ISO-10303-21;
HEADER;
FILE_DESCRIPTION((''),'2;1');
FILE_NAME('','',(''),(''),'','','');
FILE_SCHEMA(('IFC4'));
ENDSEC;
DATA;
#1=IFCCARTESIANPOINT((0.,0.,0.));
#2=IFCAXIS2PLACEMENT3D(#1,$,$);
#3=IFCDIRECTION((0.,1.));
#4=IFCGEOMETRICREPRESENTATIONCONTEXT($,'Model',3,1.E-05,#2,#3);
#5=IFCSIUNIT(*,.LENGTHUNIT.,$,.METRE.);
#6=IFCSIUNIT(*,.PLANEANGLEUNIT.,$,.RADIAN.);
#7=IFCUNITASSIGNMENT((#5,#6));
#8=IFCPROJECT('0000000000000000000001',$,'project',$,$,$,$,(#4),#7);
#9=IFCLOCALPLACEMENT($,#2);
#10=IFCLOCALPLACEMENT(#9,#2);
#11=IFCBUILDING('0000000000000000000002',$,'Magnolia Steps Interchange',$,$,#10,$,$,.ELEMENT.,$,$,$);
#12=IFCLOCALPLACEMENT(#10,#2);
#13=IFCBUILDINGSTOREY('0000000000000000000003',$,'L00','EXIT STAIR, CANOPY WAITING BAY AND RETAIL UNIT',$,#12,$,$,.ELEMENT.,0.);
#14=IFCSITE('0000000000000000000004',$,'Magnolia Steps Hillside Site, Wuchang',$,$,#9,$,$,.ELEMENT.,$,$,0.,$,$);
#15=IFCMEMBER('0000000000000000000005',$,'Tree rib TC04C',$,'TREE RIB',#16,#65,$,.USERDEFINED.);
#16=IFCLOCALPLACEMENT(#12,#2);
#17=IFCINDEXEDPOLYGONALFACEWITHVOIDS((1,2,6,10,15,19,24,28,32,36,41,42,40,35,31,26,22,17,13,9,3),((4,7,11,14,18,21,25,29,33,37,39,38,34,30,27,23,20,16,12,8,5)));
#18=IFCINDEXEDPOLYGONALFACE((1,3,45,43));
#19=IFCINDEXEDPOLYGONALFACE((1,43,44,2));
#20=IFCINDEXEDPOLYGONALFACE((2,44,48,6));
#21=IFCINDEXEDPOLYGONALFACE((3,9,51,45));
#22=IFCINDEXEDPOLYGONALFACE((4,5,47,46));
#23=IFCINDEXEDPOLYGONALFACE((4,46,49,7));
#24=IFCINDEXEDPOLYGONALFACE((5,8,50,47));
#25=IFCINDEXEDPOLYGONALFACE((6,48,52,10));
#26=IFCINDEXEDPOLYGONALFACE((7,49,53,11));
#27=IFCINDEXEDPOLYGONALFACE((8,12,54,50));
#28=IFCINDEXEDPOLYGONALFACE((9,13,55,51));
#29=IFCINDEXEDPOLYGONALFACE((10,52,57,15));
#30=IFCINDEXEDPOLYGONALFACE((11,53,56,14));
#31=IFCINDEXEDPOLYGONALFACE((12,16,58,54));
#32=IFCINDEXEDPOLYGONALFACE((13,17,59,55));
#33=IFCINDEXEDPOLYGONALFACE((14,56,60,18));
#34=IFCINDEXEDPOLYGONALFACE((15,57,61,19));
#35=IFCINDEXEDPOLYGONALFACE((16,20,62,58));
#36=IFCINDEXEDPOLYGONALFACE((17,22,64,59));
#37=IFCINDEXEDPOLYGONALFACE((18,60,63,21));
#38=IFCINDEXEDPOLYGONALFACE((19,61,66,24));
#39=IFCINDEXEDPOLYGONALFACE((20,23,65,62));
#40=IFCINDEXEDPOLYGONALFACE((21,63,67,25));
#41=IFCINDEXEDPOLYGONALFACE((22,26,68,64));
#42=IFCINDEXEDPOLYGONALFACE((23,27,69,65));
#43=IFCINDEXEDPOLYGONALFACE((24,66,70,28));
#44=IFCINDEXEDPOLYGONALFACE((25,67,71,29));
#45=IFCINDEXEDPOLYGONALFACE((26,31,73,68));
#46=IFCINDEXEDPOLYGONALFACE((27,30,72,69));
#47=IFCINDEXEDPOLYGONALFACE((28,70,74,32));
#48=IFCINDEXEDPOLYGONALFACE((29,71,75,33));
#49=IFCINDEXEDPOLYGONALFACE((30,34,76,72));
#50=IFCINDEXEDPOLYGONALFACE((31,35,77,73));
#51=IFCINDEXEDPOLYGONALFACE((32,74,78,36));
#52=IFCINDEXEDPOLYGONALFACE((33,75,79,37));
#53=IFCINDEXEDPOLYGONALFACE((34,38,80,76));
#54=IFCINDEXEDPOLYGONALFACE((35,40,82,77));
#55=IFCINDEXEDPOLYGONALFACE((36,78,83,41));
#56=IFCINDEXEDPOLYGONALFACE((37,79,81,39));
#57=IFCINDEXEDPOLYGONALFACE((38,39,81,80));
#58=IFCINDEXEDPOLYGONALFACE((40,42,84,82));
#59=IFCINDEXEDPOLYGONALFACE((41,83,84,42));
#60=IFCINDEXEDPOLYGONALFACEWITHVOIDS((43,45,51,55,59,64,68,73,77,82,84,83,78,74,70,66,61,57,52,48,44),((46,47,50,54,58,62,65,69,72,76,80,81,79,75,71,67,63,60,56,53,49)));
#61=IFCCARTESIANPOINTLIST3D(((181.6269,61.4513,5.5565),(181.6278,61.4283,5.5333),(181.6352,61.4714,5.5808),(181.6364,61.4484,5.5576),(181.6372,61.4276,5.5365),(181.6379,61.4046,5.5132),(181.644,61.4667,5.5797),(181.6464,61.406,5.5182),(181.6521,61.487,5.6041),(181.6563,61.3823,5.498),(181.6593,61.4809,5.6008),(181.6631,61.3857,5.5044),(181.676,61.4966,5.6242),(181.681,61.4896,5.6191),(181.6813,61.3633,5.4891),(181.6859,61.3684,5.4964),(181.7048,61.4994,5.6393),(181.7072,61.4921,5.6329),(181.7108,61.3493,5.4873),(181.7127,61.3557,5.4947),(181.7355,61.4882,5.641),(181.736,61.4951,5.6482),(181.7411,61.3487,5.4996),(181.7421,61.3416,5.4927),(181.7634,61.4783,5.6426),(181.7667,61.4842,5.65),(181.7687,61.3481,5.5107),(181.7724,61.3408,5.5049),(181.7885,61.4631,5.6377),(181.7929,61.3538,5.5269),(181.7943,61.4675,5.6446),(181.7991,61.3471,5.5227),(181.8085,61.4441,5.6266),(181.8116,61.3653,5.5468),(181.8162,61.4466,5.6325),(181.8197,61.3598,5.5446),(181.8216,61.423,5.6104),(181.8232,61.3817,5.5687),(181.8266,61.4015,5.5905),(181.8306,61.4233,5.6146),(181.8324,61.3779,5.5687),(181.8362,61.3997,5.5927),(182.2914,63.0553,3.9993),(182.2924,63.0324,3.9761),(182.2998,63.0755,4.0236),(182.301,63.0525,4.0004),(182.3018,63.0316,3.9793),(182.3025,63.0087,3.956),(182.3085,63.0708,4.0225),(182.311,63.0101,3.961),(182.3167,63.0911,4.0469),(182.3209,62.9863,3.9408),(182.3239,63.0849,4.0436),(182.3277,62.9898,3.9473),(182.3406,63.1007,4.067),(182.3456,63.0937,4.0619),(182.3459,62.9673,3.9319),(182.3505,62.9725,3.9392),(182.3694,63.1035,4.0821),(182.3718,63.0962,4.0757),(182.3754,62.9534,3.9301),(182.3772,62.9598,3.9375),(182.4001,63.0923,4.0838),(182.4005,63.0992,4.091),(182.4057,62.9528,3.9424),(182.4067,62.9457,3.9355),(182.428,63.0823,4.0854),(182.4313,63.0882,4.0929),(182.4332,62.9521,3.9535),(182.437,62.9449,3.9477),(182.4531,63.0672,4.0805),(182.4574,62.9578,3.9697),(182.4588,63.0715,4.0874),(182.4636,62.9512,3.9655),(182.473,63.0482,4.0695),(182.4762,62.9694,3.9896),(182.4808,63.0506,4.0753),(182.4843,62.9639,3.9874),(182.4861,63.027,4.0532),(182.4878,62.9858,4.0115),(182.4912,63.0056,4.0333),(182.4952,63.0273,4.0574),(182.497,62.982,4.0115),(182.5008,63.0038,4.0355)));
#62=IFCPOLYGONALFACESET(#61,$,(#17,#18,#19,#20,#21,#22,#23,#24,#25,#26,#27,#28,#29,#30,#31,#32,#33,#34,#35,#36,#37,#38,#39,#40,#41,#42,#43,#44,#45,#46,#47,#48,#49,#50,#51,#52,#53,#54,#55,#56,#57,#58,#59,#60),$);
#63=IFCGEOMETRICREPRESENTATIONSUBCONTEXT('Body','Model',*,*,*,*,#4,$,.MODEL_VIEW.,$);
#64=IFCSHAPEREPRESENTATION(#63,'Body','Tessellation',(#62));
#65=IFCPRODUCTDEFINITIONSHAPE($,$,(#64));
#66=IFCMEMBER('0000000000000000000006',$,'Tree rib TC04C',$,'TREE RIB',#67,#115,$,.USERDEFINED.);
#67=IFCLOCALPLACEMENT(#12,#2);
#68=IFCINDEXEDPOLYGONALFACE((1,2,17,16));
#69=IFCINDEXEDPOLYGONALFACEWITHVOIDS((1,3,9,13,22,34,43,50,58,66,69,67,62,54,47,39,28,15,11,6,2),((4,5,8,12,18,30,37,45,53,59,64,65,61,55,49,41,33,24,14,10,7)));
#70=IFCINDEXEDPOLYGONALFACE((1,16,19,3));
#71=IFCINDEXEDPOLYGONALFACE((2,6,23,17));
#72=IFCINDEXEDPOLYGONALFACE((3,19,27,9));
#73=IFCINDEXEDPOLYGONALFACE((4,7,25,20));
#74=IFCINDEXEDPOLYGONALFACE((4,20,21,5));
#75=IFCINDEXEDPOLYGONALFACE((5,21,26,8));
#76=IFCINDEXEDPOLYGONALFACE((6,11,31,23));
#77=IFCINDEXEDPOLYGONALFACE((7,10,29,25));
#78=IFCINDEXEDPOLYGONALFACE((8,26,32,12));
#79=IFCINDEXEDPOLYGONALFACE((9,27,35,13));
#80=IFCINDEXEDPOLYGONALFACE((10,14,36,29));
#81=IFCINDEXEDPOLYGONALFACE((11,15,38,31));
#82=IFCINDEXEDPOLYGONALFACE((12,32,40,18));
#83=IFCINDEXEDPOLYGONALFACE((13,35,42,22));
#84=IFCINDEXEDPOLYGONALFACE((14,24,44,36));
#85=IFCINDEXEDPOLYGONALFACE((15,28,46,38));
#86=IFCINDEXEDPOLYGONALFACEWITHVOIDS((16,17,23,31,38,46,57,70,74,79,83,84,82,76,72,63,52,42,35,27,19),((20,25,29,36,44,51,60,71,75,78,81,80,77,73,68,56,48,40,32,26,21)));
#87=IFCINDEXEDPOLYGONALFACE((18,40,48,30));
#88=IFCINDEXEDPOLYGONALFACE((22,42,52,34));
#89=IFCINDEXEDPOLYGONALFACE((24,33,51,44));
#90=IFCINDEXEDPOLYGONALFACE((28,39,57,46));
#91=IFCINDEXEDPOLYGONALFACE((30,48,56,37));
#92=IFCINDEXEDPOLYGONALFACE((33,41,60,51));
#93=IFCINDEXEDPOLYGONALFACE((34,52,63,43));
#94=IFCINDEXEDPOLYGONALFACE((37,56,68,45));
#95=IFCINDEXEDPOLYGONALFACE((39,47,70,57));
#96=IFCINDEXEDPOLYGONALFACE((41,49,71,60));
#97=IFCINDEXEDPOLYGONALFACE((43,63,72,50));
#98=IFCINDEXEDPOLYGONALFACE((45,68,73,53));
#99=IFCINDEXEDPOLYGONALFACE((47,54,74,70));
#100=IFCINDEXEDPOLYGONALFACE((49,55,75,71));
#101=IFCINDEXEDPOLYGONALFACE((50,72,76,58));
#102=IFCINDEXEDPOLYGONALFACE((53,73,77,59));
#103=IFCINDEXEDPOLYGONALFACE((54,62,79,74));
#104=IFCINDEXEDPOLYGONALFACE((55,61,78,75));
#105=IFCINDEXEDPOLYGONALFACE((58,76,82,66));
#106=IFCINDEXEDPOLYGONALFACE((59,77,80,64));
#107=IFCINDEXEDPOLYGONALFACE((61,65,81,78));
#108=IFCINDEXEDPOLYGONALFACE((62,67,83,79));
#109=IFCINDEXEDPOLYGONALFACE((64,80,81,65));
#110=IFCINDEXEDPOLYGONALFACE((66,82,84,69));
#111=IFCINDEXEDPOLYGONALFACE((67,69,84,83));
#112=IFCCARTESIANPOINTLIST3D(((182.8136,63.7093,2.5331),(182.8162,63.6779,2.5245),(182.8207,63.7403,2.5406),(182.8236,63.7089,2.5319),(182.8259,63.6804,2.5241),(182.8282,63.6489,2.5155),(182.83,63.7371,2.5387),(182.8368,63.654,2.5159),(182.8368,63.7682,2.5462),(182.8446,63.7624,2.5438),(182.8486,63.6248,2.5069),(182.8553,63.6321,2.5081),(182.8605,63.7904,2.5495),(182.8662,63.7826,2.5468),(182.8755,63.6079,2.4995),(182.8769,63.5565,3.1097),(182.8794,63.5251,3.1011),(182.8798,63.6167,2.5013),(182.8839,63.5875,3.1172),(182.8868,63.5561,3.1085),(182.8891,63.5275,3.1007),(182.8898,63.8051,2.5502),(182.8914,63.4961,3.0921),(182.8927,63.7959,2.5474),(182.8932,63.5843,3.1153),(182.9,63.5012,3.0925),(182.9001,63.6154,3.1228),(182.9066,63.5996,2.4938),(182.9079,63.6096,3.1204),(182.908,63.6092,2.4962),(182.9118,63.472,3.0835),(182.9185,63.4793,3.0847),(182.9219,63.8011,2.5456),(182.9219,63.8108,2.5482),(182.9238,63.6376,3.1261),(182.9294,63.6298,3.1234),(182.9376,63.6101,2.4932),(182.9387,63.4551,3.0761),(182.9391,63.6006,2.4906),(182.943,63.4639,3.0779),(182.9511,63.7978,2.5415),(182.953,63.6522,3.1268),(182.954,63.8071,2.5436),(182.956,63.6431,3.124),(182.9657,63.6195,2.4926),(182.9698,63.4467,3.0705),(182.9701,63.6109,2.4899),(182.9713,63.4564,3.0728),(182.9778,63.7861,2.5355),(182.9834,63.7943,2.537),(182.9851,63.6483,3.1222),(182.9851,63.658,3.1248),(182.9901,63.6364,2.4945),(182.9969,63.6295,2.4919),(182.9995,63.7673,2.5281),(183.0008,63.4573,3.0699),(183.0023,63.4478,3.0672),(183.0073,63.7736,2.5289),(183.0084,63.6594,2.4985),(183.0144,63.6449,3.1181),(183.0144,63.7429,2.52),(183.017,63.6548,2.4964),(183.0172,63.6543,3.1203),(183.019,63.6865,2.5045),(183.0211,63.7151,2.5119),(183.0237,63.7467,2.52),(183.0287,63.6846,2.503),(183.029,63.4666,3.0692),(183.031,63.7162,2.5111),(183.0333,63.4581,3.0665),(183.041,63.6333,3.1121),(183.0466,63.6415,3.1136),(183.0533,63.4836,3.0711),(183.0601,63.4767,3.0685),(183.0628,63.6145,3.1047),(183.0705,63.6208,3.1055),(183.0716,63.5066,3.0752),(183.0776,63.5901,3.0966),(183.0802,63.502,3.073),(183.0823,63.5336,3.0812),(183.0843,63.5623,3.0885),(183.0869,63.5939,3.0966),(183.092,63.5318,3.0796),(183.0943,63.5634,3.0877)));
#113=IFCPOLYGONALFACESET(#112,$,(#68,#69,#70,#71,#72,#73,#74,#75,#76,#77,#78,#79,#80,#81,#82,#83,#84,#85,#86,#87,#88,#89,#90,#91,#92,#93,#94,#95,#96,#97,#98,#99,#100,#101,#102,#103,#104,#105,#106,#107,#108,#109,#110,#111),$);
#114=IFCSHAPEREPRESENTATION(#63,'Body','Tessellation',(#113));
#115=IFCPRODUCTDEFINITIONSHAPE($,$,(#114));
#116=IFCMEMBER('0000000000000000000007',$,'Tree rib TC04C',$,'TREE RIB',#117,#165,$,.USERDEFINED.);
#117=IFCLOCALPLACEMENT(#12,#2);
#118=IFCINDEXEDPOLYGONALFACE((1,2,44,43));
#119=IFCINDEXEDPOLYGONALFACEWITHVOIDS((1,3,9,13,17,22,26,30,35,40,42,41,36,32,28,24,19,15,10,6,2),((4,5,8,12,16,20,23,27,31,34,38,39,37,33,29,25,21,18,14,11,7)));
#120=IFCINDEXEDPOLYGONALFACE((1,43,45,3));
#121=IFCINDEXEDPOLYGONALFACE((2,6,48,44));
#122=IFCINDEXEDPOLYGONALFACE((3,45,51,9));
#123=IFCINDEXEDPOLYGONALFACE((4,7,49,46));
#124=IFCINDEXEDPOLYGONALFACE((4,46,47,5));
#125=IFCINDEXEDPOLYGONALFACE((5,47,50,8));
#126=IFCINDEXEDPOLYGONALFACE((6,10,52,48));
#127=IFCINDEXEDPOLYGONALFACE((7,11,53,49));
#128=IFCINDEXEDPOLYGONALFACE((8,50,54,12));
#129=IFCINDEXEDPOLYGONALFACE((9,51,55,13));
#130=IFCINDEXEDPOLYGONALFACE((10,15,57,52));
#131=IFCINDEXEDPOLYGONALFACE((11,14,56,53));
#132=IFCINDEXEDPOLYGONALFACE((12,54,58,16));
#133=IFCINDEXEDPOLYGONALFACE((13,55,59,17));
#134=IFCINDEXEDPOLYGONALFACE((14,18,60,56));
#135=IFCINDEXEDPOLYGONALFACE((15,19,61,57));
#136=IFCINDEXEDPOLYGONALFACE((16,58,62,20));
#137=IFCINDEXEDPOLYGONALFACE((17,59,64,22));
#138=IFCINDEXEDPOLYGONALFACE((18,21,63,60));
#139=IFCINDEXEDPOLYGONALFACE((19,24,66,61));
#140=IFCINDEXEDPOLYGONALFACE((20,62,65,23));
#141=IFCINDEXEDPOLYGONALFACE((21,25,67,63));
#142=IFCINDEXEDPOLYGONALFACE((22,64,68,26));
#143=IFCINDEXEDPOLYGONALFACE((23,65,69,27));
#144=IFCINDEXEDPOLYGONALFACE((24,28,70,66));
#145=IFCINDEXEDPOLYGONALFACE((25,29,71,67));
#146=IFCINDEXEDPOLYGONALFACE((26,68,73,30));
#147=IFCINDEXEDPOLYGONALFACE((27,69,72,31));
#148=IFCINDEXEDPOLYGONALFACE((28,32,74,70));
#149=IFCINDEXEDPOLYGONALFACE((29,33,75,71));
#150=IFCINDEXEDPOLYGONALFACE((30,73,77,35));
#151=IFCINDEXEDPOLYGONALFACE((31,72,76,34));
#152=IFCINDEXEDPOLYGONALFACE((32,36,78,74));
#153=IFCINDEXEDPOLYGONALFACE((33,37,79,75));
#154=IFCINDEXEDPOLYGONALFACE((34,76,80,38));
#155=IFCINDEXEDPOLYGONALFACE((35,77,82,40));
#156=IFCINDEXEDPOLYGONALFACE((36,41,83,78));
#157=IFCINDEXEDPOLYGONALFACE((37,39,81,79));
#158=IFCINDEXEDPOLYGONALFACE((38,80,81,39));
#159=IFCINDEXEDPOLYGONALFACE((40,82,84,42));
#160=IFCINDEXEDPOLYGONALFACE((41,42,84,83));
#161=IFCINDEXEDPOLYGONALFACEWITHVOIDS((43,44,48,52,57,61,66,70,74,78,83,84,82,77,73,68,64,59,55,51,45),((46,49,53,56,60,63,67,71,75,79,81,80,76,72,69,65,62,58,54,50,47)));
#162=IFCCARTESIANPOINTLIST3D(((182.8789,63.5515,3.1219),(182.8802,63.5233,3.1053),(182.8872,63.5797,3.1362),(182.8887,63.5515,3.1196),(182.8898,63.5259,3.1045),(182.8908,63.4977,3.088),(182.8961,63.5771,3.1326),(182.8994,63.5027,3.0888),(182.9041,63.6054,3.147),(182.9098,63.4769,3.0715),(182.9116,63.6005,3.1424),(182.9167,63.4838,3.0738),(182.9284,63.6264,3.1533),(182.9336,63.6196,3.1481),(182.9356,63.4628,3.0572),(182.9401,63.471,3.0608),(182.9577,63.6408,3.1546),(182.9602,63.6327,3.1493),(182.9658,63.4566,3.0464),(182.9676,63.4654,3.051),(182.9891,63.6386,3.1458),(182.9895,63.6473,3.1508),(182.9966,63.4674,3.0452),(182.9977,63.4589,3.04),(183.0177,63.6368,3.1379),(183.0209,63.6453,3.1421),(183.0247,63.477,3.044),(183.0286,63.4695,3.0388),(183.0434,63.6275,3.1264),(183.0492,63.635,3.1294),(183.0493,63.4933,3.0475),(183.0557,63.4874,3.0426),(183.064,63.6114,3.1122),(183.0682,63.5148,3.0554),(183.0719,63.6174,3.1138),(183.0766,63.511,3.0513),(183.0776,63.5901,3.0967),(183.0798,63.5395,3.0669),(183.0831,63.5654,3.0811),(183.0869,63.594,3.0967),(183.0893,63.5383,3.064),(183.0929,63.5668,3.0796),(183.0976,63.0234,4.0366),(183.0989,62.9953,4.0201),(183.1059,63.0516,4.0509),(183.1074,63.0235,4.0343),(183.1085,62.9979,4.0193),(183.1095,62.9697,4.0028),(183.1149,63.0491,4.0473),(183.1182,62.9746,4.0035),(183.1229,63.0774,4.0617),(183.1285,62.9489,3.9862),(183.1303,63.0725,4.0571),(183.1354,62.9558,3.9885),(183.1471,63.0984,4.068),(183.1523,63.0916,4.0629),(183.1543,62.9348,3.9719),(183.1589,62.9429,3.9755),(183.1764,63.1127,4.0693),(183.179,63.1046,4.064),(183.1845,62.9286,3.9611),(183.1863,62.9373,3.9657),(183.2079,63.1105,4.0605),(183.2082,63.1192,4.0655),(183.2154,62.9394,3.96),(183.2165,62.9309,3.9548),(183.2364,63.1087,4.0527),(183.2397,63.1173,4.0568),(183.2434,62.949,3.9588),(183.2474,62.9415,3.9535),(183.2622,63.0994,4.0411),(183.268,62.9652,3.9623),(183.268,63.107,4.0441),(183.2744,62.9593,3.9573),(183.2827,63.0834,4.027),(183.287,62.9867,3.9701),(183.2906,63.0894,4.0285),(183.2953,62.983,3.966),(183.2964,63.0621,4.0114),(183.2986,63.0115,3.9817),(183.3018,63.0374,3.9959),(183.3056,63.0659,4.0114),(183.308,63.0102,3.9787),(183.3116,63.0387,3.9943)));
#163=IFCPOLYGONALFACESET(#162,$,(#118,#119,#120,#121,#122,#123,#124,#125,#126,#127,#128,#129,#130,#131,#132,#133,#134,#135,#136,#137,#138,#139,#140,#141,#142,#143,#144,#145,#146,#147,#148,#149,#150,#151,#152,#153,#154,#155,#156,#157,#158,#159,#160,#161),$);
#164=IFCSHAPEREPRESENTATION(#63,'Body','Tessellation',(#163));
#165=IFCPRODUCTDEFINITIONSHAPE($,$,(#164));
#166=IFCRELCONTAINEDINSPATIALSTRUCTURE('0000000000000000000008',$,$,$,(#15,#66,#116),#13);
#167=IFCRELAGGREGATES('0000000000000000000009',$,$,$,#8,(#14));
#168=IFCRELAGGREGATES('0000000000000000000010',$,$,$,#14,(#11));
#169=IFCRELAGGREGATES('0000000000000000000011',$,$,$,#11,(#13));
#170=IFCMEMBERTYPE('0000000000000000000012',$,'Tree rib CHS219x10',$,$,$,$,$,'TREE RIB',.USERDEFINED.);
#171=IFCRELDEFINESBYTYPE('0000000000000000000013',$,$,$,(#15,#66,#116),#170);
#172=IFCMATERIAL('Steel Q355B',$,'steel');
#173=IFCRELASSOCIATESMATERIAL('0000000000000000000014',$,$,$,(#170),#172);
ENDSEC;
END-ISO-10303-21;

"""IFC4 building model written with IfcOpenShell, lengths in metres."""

from ifc_helpers import new_model, si_unit, direction, frame, origin, origin_2d, place, context, subcontext, project, spatial, hollow_circle, extrude, material, material_profile, profile_set, type_object, element, save


model = new_model("IFC4")

# Units and contexts
model_context = context("Model", 3, precision=1e-05, world=origin(), true_north=direction((0.0, 1.0)))
body_context = subcontext(model_context, "Body", "Model", "MODEL_VIEW")
ifc_project = project(units=[si_unit("LENGTHUNIT", "METRE"), si_unit("PLANEANGLEUNIT", "RADIAN")], contexts=[model_context])

# Site, building, storey
site_placement = place(None, origin())
site = spatial("IfcSite", under=ifc_project, at=site_placement, Name="Magnolia Steps Hillside Site, Wuchang", CompositionType="ELEMENT", RefElevation=0.0)
building_placement = place(site_placement, origin())
building = spatial("IfcBuilding", under=site, at=building_placement, Name="Magnolia Steps Interchange", CompositionType="ELEMENT")
storey_placement = place(building_placement, origin())
storey = spatial("IfcBuildingStorey", under=building, at=storey_placement, Name="L00", Description="EXIT STAIR, CANOPY WAITING BAY AND RETAIL UNIT", CompositionType="ELEMENT", Elevation=0.0)

# Members
ifc_material_1 = material(Name="Steel Q355B", Category="steel")
ifc_material_profile_1 = material_profile(ifc_material_1, hollow_circle(Radius=0.1096, WallThickness=0.01, at=origin_2d()), Name="CHS219x10")
ifc_profile_set_1 = profile_set([ifc_material_profile_1], Name="Steel Q355B")
member_type = type_object("IfcMemberType", Name="Tree rib CHS219x10", ElementType="TREE RIB", PredefinedType="USERDEFINED", material=ifc_profile_set_1)
member_1_placement = place(storey_placement, frame((182.3958, 63.0239, 4.0115), z_axis=(-0.284947, -0.687767, 0.667668), x_axis=(0.923849, -0.382757, 0.0)))
element("IfcMember", 1, at=member_1_placement, inside=storey, type_object=member_type, Name="Tree rib TC04C", ObjectType="TREE RIB", PredefinedType="USERDEFINED", context=body_context, shape_type="SweptSolid", body=[
    extrude(hollow_circle(Radius=0.1096, WallThickness=0.01, at=origin_2d()), origin(), (0.0, 0.0, 1.0), 2.3323),
])
member_2_placement = place(storey_placement, frame((182.9224, 63.7048, 2.52), z_axis=(0.105403, -0.254758, 0.961243), x_axis=(0.924035, 0.382308, 0.0)))
element("IfcMember", 2, at=member_2_placement, inside=storey, type_object=member_type, Name="Tree rib TC04C", ObjectType="TREE RIB", PredefinedType="USERDEFINED", context=body_context, shape_type="SweptSolid", body=[
    extrude(hollow_circle(Radius=0.1096, WallThickness=0.01, at=origin_2d()), origin(), (0.0, 0.0, 1.0), 0.5999),
])
member_3_placement = place(storey_placement, frame((182.9856, 63.552, 3.0967), z_axis=(0.202793, -0.489555, 0.848063), x_axis=(0.923871, 0.382704, 0.0)))
element("IfcMember", 3, at=member_3_placement, inside=storey, type_object=member_type, Name="Tree rib TC04C", ObjectType="TREE RIB", PredefinedType="USERDEFINED", context=body_context, shape_type="SweptSolid", body=[
    extrude(hollow_circle(Radius=0.1096, WallThickness=0.01, at=origin_2d()), origin(), (0.0, 0.0, 1.0), 1.0786),
])

save(model, "model.ifc")
